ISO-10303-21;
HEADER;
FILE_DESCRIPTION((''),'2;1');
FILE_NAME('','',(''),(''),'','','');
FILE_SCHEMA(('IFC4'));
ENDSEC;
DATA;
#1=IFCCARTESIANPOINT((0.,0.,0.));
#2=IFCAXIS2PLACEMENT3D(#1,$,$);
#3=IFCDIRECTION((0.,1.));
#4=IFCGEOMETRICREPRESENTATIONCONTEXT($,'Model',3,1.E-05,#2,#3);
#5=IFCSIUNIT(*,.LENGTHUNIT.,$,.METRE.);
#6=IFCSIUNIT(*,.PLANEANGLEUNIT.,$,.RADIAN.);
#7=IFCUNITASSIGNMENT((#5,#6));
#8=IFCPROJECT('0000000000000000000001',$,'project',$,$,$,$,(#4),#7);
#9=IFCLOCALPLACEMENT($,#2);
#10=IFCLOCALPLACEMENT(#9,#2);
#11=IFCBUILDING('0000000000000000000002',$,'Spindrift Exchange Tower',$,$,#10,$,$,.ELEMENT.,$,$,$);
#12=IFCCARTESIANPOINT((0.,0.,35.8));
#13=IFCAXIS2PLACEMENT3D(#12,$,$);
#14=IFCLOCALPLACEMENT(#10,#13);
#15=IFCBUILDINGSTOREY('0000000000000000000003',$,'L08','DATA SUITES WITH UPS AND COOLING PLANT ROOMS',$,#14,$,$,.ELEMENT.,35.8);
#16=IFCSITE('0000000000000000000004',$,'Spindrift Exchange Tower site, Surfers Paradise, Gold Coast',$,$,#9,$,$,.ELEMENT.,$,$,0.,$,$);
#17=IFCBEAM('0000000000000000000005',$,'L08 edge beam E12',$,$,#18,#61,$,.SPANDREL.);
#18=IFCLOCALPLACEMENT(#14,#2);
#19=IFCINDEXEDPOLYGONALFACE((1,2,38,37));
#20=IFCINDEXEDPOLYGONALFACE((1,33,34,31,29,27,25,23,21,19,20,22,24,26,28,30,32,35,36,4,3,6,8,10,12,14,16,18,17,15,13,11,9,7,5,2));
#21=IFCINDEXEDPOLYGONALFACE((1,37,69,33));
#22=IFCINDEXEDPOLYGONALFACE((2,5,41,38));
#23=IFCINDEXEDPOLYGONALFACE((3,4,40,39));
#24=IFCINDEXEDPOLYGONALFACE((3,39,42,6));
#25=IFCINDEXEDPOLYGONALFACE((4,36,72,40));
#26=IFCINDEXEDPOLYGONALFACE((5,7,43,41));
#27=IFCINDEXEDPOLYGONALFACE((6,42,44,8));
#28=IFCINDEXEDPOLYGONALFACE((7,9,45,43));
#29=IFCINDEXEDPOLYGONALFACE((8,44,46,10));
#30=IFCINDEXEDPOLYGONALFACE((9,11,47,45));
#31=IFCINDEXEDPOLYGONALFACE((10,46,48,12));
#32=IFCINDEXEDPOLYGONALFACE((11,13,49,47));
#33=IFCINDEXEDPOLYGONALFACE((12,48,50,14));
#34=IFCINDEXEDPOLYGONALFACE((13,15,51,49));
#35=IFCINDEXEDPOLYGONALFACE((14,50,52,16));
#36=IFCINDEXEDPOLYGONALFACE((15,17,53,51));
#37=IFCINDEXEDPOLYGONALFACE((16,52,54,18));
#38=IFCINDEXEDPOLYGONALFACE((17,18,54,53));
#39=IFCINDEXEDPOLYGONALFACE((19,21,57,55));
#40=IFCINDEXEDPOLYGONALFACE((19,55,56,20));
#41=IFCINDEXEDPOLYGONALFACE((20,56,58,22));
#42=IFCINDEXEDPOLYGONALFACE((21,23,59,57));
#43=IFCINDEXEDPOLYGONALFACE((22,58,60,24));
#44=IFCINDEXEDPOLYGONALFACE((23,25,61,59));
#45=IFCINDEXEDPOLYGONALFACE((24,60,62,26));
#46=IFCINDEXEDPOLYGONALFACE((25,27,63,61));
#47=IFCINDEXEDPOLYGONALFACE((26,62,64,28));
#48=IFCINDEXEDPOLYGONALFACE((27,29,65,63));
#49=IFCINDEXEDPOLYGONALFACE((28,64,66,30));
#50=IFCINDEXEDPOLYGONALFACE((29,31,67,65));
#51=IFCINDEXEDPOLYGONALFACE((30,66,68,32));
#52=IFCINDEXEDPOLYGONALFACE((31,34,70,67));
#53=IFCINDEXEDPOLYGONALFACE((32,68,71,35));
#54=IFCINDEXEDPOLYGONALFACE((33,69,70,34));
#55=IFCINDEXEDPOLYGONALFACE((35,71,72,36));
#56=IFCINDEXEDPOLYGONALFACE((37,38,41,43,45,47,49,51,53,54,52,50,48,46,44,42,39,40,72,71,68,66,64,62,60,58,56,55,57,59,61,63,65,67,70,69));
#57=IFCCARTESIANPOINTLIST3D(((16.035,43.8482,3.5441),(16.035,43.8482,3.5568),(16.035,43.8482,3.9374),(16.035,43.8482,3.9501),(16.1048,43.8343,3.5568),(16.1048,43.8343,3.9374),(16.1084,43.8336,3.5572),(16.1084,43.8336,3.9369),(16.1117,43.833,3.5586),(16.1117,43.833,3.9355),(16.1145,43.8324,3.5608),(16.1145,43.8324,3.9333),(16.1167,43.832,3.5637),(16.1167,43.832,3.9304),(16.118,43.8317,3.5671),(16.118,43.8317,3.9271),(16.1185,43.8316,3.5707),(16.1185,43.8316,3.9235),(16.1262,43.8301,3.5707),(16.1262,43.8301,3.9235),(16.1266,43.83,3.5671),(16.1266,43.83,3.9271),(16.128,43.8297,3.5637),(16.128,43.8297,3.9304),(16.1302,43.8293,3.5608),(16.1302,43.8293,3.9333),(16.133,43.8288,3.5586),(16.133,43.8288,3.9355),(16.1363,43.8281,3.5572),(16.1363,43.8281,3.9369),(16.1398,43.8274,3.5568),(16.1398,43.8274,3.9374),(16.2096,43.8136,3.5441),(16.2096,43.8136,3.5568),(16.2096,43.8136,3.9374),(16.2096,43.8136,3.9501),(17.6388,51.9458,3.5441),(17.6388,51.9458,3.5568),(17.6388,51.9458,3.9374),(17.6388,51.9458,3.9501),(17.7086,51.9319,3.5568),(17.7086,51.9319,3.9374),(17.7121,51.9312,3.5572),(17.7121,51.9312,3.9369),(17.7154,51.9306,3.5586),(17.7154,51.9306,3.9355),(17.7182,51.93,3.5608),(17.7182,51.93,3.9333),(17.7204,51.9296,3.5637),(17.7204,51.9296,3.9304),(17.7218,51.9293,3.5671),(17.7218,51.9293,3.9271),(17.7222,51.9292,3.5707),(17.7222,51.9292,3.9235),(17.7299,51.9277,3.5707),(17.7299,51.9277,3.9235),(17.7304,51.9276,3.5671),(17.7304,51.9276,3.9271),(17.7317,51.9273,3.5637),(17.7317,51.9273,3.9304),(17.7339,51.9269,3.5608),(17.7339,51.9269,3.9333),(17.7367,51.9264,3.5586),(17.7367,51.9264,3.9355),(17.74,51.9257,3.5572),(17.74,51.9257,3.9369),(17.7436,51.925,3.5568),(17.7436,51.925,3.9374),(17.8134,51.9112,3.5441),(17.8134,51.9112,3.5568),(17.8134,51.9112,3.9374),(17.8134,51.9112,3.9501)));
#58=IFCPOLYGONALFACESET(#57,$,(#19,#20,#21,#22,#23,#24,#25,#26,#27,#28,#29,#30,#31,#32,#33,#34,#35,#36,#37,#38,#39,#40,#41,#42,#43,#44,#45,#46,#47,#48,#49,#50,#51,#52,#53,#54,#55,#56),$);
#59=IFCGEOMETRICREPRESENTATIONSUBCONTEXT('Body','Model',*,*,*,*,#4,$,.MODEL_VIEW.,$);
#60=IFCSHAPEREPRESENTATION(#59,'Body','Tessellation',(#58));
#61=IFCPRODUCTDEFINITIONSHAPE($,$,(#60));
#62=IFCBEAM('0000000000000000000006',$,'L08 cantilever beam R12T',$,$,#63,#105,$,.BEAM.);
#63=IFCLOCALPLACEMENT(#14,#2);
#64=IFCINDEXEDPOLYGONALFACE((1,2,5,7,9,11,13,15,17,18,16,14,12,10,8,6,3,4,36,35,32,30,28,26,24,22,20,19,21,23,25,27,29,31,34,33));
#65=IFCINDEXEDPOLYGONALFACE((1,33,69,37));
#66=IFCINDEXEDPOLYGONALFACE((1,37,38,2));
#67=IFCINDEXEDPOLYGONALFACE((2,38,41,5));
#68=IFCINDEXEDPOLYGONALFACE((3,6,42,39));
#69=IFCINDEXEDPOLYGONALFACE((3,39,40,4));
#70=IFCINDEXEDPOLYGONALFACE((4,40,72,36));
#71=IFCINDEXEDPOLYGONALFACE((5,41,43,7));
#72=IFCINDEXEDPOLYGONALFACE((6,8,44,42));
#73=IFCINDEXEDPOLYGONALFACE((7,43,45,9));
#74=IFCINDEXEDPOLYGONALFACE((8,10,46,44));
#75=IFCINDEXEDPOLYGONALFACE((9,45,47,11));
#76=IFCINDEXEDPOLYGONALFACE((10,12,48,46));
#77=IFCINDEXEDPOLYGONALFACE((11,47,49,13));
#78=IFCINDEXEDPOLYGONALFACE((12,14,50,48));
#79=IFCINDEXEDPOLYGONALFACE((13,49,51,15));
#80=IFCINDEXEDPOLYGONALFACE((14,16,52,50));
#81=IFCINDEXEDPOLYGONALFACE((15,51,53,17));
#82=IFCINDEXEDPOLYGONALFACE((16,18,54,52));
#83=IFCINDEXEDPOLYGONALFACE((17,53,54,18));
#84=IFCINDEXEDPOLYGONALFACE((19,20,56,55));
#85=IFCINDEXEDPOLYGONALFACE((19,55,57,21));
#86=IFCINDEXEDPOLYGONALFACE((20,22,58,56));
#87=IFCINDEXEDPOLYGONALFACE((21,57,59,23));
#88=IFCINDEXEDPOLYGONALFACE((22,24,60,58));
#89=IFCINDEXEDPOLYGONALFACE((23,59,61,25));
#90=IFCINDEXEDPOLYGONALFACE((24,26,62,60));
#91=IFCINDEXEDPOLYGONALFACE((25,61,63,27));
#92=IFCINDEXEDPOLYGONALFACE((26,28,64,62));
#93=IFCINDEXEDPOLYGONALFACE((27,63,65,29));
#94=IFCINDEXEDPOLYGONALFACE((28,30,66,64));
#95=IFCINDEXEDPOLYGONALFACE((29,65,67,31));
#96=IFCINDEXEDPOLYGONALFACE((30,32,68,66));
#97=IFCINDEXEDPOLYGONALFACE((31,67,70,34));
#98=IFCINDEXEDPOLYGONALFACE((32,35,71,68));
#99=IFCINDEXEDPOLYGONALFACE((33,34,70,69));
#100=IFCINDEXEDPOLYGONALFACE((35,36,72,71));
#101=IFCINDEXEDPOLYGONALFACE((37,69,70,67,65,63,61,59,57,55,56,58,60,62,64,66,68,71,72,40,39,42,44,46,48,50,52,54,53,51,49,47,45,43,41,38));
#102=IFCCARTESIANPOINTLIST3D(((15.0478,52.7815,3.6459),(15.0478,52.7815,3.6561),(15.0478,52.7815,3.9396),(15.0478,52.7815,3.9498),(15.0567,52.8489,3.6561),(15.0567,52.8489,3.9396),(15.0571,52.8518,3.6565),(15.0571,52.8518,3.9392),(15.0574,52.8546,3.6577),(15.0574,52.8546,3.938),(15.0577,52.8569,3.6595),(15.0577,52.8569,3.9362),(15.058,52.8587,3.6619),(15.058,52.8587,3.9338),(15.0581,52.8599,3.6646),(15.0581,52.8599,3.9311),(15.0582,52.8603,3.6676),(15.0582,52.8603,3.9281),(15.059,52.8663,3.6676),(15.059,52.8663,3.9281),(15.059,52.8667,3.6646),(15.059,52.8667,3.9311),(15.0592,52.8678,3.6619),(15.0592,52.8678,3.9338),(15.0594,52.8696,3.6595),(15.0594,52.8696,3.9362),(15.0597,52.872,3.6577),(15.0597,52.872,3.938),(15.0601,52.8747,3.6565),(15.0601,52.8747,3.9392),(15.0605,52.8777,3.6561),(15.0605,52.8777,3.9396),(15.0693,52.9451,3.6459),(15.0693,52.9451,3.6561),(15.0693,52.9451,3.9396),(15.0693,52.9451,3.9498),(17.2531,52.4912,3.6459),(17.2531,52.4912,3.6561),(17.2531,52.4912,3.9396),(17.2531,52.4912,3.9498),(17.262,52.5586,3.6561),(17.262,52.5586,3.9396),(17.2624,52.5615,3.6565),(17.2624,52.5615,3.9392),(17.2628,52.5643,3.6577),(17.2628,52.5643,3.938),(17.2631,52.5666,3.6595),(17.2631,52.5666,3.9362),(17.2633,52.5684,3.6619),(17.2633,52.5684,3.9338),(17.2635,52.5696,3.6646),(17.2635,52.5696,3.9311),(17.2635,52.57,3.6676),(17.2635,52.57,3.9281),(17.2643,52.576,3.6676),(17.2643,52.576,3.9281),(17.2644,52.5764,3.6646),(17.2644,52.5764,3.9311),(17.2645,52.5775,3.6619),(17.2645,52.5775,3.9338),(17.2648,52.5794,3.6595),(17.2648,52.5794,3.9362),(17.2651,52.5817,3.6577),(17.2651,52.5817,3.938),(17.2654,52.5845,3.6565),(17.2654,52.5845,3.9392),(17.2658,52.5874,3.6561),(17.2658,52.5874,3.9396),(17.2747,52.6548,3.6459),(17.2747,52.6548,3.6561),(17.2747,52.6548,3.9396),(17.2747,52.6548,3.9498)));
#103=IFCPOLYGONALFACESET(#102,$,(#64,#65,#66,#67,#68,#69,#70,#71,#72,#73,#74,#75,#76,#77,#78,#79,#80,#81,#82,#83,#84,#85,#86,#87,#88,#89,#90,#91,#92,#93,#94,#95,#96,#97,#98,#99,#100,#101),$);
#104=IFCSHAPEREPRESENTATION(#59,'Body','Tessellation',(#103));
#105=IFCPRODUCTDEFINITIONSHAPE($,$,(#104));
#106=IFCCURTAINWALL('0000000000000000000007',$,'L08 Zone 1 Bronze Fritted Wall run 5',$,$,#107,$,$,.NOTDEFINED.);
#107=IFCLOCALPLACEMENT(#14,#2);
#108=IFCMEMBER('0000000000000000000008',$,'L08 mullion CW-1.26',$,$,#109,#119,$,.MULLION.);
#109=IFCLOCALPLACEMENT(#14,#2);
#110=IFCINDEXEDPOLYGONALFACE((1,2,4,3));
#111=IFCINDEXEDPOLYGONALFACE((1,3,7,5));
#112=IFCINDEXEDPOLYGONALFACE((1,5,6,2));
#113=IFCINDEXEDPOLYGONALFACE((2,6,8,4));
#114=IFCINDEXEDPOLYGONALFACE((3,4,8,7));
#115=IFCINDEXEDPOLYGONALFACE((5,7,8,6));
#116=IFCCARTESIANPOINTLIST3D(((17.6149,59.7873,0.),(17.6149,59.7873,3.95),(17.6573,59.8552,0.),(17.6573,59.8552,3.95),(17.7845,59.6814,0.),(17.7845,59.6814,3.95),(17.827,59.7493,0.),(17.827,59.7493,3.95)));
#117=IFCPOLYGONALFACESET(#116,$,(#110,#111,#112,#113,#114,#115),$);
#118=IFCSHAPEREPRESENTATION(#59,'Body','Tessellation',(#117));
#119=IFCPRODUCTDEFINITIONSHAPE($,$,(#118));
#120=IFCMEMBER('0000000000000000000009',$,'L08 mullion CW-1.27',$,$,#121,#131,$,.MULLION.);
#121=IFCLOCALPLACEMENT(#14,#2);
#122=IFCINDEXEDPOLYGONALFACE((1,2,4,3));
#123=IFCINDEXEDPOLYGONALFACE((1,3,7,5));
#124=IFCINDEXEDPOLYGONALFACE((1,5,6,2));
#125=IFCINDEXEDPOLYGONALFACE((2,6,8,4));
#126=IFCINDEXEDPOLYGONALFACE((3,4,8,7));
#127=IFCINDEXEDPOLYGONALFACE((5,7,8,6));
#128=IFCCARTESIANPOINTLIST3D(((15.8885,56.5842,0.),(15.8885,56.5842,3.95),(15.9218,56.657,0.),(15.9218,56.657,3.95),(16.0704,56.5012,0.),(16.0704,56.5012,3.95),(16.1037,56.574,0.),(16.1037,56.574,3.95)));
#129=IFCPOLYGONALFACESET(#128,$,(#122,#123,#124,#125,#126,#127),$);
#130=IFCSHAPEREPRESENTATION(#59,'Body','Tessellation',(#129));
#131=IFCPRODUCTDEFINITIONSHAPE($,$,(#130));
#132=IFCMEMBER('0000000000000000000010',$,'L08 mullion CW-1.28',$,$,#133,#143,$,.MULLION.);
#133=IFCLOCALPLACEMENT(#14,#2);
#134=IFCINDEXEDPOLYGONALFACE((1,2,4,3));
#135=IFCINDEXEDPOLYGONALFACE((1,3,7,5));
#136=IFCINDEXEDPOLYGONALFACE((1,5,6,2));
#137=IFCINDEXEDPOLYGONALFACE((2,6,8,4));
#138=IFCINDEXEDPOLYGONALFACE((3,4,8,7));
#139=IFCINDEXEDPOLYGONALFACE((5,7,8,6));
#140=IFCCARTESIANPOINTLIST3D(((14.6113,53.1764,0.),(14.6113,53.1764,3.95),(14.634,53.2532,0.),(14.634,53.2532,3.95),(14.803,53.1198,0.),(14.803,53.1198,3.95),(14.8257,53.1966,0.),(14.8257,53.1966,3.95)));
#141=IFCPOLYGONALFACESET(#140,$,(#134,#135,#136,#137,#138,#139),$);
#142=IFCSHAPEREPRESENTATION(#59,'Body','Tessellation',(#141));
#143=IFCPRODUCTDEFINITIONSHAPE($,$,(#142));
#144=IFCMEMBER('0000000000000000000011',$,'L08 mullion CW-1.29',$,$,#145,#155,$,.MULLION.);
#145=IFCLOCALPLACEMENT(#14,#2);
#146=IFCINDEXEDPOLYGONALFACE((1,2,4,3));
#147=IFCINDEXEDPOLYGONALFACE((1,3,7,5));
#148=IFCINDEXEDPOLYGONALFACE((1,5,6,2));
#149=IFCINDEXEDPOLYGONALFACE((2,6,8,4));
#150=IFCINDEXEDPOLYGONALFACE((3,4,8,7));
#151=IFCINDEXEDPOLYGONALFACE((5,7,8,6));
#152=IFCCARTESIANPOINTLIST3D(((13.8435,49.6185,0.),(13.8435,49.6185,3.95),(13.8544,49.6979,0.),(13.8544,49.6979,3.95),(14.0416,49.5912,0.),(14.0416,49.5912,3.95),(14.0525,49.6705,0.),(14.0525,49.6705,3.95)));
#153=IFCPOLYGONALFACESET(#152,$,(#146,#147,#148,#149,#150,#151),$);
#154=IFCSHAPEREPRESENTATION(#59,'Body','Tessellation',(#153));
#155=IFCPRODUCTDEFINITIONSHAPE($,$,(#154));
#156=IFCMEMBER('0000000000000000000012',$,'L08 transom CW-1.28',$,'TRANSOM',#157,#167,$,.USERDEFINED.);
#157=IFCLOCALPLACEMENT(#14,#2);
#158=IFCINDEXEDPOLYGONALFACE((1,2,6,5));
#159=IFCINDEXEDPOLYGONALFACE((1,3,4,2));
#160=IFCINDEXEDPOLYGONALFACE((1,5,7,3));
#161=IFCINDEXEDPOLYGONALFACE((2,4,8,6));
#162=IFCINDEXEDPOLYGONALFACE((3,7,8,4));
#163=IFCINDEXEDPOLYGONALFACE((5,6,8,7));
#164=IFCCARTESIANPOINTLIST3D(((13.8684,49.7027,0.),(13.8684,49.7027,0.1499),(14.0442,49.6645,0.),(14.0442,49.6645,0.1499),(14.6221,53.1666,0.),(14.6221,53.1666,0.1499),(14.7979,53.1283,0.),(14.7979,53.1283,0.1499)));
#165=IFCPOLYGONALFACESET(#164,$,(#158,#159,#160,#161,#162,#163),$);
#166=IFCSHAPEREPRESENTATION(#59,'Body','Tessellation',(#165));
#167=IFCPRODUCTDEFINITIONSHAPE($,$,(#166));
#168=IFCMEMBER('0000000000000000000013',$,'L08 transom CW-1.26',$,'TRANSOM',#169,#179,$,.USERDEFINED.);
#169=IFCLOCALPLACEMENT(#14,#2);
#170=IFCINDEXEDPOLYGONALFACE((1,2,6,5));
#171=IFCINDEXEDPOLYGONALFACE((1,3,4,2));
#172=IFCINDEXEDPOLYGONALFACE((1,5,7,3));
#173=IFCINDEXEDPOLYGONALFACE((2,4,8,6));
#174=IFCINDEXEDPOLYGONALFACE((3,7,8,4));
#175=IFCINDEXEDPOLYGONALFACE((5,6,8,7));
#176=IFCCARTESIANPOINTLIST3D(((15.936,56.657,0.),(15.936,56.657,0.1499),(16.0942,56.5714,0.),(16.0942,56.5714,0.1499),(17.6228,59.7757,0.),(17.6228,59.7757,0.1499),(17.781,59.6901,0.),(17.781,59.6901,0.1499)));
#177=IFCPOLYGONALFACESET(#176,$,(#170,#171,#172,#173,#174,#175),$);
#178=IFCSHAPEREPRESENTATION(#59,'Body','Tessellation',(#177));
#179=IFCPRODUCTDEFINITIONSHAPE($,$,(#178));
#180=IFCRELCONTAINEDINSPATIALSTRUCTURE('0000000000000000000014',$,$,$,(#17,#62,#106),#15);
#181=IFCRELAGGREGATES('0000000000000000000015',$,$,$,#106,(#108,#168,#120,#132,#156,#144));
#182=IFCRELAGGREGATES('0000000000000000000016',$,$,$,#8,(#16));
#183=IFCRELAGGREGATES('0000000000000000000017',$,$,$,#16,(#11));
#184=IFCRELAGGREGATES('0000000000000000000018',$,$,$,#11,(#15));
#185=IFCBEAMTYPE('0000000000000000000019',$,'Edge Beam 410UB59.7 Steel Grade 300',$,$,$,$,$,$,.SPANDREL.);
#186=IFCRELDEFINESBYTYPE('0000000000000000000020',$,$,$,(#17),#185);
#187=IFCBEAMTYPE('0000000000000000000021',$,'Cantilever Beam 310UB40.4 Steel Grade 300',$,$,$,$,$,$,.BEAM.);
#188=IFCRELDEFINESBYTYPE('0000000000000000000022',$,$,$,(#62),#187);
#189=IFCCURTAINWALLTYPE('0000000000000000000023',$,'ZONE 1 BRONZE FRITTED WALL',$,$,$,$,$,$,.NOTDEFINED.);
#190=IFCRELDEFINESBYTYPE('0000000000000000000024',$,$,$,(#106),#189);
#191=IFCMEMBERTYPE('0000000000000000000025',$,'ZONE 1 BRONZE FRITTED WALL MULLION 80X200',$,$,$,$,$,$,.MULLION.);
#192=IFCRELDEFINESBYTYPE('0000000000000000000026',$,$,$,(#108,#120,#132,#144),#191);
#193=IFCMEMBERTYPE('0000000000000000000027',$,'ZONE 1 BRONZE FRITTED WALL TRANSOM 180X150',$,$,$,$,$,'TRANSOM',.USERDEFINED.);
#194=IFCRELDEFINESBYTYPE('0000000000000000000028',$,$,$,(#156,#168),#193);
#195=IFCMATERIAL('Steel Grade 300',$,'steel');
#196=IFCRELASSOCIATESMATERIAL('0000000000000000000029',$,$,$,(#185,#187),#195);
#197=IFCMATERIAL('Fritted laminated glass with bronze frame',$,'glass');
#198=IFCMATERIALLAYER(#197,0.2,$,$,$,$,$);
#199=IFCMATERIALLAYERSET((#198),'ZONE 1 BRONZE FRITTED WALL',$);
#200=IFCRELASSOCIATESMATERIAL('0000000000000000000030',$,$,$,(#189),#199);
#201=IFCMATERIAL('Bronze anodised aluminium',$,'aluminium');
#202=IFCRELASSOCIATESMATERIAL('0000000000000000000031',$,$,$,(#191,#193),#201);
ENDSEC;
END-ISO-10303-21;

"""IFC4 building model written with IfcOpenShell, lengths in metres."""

from ifc_helpers import new_model, si_unit, direction, frame, origin, origin_2d, place, context, subcontext, project, spatial, rectangle, i_section, extrude, source, transform, mapped, material, layer, layer_set, material_profile, profile_set, type_object, element, aggregate, save


model = new_model("IFC4")

# Units and contexts
model_context = context("Model", 3, precision=1e-05, world=origin(), true_north=direction((0.0, 1.0)))
body_context = subcontext(model_context, "Body", "Model", "MODEL_VIEW")
ifc_project = project(units=[si_unit("LENGTHUNIT", "METRE"), si_unit("PLANEANGLEUNIT", "RADIAN")], contexts=[model_context])

# Site, building, storey
site_placement = place(None, origin())
site = spatial("IfcSite", under=ifc_project, at=site_placement, Name="Spindrift Exchange Tower site, Surfers Paradise, Gold Coast", CompositionType="ELEMENT", RefElevation=0.0)
building_placement = place(site_placement, origin())
building = spatial("IfcBuilding", under=site, at=building_placement, Name="Spindrift Exchange Tower", CompositionType="ELEMENT")
storey_placement = place(building_placement, frame((0.0, 0.0, 35.8)))
storey = spatial("IfcBuildingStorey", under=building, at=storey_placement, Name="L08", Description="DATA SUITES WITH UPS AND COOLING PLANT ROOMS", CompositionType="ELEMENT", Elevation=35.8)

# Beams
ifc_material_1 = material(Name="Steel Grade 300", Category="steel")
ifc_material_profile_1 = material_profile(ifc_material_1, i_section(OverallWidth=0.178, OverallDepth=0.406, WebThickness=0.0078, FlangeThickness=0.0127, FilletRadius=0.0139, at=origin_2d()), Name="410UB59.7")
ifc_profile_set_1 = profile_set([ifc_material_profile_1], Name="Steel Grade 300")
beam_type_1 = type_object("IfcBeamType", Name="Edge Beam 410UB59.7 Steel Grade 300", PredefinedType="SPANDREL", material=ifc_profile_set_1)
shared_shape_1 = source(origin(), body_context, "Body", "SweptSolid", [
    extrude(i_section(OverallWidth=0.178, OverallDepth=0.406, WebThickness=0.0078, FlangeThickness=0.0127, FilletRadius=0.0139, at=origin_2d()), origin(), (0.0, 0.0, 1.0), 8.2549),
])
beam_1_placement = place(storey_placement, frame((17.7261, 51.9285, 3.7471), z_axis=(-0.194279, -0.980946, 0.0), x_axis=(0.980946, -0.194279, 0.0)))
element("IfcBeam", 1, at=beam_1_placement, inside=storey, type_object=beam_type_1, Name="L08 edge beam E12", PredefinedType="SPANDREL", context=body_context, shape_type="MappedRepresentation", body=[
    mapped(shared_shape_1, transform((0.0, 0.0, 0.0), scale=1.0)),
])
ifc_material_profile_2 = material_profile(ifc_material_1, i_section(OverallWidth=0.165, OverallDepth=0.304, WebThickness=0.0061, FlangeThickness=0.0103, FilletRadius=0.0115, at=origin_2d()), Name="310UB40.4")
ifc_profile_set_2 = profile_set([ifc_material_profile_2], Name="Steel Grade 300")
beam_type_2 = type_object("IfcBeamType", Name="Cantilever Beam 310UB40.4 Steel Grade 300", PredefinedType="BEAM", material=ifc_profile_set_2)
shared_shape_2 = source(origin(), body_context, "Body", "SweptSolid", [
    extrude(i_section(OverallWidth=0.165, OverallDepth=0.304, WebThickness=0.0061, FlangeThickness=0.0103, FilletRadius=0.0115, at=origin_2d()), origin(), (0.0, 0.0, 1.0), 2.2244),
])
beam_2_placement = place(storey_placement, frame((17.2639, 52.573, 3.7979), z_axis=(-0.991448, 0.130503, 0.0), x_axis=(-0.130503, -0.991448, 0.0)))
element("IfcBeam", 2, at=beam_2_placement, inside=storey, type_object=beam_type_2, Name="L08 cantilever beam R12T", PredefinedType="BEAM", context=body_context, shape_type="MappedRepresentation", body=[
    mapped(shared_shape_2, transform((0.0, 0.0, 0.0), scale=1.0)),
])

# Curtain wall, members
ifc_material_2 = material(Name="Fritted laminated glass with bronze frame", Category="glass")
ifc_layer_1 = layer(ifc_material_2, 0.2)
ifc_layer_set_1 = layer_set([ifc_layer_1], Name="ZONE 1 BRONZE FRITTED WALL")
curtain_wall_type = type_object("IfcCurtainWallType", Name="ZONE 1 BRONZE FRITTED WALL", PredefinedType="NOTDEFINED", material=ifc_layer_set_1)
curtain_wall_placement = place(storey_placement, origin())
curtain_wall = element("IfcCurtainWall", 3, at=curtain_wall_placement, inside=storey, type_object=curtain_wall_type, Name="L08 Zone 1 Bronze Fritted Wall run 5", PredefinedType="NOTDEFINED")
ifc_material_3 = material(Name="Bronze anodised aluminium", Category="aluminium")
ifc_material_profile_3 = material_profile(ifc_material_3, rectangle(XDim=0.0801, YDim=0.2, at=origin_2d()), Name="ZONE 1 BRONZE FRITTED WALL MULLION 80X200")
ifc_profile_set_3 = profile_set([ifc_material_profile_3], Name="Bronze anodised aluminium")
member_type_1 = type_object("IfcMemberType", Name="ZONE 1 BRONZE FRITTED WALL MULLION 80X200", PredefinedType="MULLION", material=ifc_profile_set_3)
shared_shape_3 = source(origin(), body_context, "Body", "SweptSolid", [
    extrude(rectangle(XDim=0.0801, YDim=0.2, at=origin_2d()), origin(), (0.0, 0.0, 1.0), 3.95),
])
member_1_placement = place(storey_placement, frame((17.7209, 59.7683, 0.0), z_axis=(0.0, 0.0, 1.0), x_axis=(-0.529592, -0.848252, 0.0)))
member_1 = element("IfcMember", 4, at=member_1_placement, type_object=member_type_1, Name="L08 mullion CW-1.26", PredefinedType="MULLION", context=body_context, shape_type="MappedRepresentation", body=[
    mapped(shared_shape_3, transform((0.0, 0.0, 0.0), scale=1.0)),
])
member_2_placement = place(storey_placement, frame((15.9961, 56.5791, 0.0), z_axis=(0.0, 0.0, 1.0), x_axis=(-0.415038, -0.909804, 0.0)))
member_2 = element("IfcMember", 5, at=member_2_placement, type_object=member_type_1, Name="L08 mullion CW-1.27", PredefinedType="MULLION", context=body_context, shape_type="MappedRepresentation", body=[
    mapped(shared_shape_3, transform((0.0, 0.0, 0.0), scale=1.0)),
])
member_3_placement = place(storey_placement, frame((14.7185, 53.1865, 0.0), z_axis=(0.0, 0.0, 1.0), x_axis=(-0.283274, -0.959039, 0.0)))
member_3 = element("IfcMember", 6, at=member_3_placement, type_object=member_type_1, Name="L08 mullion CW-1.28", PredefinedType="MULLION", context=body_context, shape_type="MappedRepresentation", body=[
    mapped(shared_shape_3, transform((0.0, 0.0, 0.0), scale=1.0)),
])
member_4_placement = place(storey_placement, frame((13.948, 49.6445, 0.0), z_axis=(0.0, 0.0, 1.0), x_axis=(-0.136707, -0.990612, 0.0)))
member_4 = element("IfcMember", 7, at=member_4_placement, type_object=member_type_1, Name="L08 mullion CW-1.29", PredefinedType="MULLION", context=body_context, shape_type="MappedRepresentation", body=[
    mapped(shared_shape_3, transform((0.0, 0.0, 0.0), scale=1.0)),
])
ifc_material_profile_4 = material_profile(ifc_material_3, rectangle(XDim=0.1799, YDim=0.1499, at=origin_2d()), Name="ZONE 1 BRONZE FRITTED WALL TRANSOM 180X150")
ifc_profile_set_4 = profile_set([ifc_material_profile_4], Name="Bronze anodised aluminium")
member_type_2 = type_object("IfcMemberType", Name="ZONE 1 BRONZE FRITTED WALL TRANSOM 180X150", ElementType="TRANSOM", PredefinedType="USERDEFINED", material=ifc_profile_set_4)
shared_shape_4 = source(origin(), body_context, "Body", "SweptSolid", [
    extrude(rectangle(XDim=0.1799, YDim=0.1499, at=origin_2d()), origin(), (0.0, 0.0, 1.0), 3.5449),
])
member_5_placement = place(storey_placement, frame((14.71, 53.1475, 0.075), z_axis=(-0.212604, -0.977138, 0.0), x_axis=(0.977138, -0.212604, 0.0)))
member_5 = element("IfcMember", 8, at=member_5_placement, type_object=member_type_2, Name="L08 transom CW-1.28", ObjectType="TRANSOM", PredefinedType="USERDEFINED", context=body_context, shape_type="MappedRepresentation", body=[
    mapped(shared_shape_4, transform((0.0, 0.0, 0.0), scale=1.0)),
])
shared_shape_5 = source(origin(), body_context, "Body", "SweptSolid", [
    extrude(rectangle(XDim=0.1799, YDim=0.1499, at=origin_2d()), origin(), (0.0, 0.0, 1.0), 3.5457),
])
member_6_placement = place(storey_placement, frame((17.7019, 59.7329, 0.075), z_axis=(-0.475737, -0.879587, 0.0), x_axis=(0.879587, -0.475737, 0.0)))
member_6 = element("IfcMember", 9, at=member_6_placement, type_object=member_type_2, Name="L08 transom CW-1.26", ObjectType="TRANSOM", PredefinedType="USERDEFINED", context=body_context, shape_type="MappedRepresentation", body=[
    mapped(shared_shape_5, transform((0.0, 0.0, 0.0), scale=1.0)),
])
aggregate(curtain_wall, [member_1, member_6, member_2, member_3, member_5, member_4])

save(model, "model.ifc")
